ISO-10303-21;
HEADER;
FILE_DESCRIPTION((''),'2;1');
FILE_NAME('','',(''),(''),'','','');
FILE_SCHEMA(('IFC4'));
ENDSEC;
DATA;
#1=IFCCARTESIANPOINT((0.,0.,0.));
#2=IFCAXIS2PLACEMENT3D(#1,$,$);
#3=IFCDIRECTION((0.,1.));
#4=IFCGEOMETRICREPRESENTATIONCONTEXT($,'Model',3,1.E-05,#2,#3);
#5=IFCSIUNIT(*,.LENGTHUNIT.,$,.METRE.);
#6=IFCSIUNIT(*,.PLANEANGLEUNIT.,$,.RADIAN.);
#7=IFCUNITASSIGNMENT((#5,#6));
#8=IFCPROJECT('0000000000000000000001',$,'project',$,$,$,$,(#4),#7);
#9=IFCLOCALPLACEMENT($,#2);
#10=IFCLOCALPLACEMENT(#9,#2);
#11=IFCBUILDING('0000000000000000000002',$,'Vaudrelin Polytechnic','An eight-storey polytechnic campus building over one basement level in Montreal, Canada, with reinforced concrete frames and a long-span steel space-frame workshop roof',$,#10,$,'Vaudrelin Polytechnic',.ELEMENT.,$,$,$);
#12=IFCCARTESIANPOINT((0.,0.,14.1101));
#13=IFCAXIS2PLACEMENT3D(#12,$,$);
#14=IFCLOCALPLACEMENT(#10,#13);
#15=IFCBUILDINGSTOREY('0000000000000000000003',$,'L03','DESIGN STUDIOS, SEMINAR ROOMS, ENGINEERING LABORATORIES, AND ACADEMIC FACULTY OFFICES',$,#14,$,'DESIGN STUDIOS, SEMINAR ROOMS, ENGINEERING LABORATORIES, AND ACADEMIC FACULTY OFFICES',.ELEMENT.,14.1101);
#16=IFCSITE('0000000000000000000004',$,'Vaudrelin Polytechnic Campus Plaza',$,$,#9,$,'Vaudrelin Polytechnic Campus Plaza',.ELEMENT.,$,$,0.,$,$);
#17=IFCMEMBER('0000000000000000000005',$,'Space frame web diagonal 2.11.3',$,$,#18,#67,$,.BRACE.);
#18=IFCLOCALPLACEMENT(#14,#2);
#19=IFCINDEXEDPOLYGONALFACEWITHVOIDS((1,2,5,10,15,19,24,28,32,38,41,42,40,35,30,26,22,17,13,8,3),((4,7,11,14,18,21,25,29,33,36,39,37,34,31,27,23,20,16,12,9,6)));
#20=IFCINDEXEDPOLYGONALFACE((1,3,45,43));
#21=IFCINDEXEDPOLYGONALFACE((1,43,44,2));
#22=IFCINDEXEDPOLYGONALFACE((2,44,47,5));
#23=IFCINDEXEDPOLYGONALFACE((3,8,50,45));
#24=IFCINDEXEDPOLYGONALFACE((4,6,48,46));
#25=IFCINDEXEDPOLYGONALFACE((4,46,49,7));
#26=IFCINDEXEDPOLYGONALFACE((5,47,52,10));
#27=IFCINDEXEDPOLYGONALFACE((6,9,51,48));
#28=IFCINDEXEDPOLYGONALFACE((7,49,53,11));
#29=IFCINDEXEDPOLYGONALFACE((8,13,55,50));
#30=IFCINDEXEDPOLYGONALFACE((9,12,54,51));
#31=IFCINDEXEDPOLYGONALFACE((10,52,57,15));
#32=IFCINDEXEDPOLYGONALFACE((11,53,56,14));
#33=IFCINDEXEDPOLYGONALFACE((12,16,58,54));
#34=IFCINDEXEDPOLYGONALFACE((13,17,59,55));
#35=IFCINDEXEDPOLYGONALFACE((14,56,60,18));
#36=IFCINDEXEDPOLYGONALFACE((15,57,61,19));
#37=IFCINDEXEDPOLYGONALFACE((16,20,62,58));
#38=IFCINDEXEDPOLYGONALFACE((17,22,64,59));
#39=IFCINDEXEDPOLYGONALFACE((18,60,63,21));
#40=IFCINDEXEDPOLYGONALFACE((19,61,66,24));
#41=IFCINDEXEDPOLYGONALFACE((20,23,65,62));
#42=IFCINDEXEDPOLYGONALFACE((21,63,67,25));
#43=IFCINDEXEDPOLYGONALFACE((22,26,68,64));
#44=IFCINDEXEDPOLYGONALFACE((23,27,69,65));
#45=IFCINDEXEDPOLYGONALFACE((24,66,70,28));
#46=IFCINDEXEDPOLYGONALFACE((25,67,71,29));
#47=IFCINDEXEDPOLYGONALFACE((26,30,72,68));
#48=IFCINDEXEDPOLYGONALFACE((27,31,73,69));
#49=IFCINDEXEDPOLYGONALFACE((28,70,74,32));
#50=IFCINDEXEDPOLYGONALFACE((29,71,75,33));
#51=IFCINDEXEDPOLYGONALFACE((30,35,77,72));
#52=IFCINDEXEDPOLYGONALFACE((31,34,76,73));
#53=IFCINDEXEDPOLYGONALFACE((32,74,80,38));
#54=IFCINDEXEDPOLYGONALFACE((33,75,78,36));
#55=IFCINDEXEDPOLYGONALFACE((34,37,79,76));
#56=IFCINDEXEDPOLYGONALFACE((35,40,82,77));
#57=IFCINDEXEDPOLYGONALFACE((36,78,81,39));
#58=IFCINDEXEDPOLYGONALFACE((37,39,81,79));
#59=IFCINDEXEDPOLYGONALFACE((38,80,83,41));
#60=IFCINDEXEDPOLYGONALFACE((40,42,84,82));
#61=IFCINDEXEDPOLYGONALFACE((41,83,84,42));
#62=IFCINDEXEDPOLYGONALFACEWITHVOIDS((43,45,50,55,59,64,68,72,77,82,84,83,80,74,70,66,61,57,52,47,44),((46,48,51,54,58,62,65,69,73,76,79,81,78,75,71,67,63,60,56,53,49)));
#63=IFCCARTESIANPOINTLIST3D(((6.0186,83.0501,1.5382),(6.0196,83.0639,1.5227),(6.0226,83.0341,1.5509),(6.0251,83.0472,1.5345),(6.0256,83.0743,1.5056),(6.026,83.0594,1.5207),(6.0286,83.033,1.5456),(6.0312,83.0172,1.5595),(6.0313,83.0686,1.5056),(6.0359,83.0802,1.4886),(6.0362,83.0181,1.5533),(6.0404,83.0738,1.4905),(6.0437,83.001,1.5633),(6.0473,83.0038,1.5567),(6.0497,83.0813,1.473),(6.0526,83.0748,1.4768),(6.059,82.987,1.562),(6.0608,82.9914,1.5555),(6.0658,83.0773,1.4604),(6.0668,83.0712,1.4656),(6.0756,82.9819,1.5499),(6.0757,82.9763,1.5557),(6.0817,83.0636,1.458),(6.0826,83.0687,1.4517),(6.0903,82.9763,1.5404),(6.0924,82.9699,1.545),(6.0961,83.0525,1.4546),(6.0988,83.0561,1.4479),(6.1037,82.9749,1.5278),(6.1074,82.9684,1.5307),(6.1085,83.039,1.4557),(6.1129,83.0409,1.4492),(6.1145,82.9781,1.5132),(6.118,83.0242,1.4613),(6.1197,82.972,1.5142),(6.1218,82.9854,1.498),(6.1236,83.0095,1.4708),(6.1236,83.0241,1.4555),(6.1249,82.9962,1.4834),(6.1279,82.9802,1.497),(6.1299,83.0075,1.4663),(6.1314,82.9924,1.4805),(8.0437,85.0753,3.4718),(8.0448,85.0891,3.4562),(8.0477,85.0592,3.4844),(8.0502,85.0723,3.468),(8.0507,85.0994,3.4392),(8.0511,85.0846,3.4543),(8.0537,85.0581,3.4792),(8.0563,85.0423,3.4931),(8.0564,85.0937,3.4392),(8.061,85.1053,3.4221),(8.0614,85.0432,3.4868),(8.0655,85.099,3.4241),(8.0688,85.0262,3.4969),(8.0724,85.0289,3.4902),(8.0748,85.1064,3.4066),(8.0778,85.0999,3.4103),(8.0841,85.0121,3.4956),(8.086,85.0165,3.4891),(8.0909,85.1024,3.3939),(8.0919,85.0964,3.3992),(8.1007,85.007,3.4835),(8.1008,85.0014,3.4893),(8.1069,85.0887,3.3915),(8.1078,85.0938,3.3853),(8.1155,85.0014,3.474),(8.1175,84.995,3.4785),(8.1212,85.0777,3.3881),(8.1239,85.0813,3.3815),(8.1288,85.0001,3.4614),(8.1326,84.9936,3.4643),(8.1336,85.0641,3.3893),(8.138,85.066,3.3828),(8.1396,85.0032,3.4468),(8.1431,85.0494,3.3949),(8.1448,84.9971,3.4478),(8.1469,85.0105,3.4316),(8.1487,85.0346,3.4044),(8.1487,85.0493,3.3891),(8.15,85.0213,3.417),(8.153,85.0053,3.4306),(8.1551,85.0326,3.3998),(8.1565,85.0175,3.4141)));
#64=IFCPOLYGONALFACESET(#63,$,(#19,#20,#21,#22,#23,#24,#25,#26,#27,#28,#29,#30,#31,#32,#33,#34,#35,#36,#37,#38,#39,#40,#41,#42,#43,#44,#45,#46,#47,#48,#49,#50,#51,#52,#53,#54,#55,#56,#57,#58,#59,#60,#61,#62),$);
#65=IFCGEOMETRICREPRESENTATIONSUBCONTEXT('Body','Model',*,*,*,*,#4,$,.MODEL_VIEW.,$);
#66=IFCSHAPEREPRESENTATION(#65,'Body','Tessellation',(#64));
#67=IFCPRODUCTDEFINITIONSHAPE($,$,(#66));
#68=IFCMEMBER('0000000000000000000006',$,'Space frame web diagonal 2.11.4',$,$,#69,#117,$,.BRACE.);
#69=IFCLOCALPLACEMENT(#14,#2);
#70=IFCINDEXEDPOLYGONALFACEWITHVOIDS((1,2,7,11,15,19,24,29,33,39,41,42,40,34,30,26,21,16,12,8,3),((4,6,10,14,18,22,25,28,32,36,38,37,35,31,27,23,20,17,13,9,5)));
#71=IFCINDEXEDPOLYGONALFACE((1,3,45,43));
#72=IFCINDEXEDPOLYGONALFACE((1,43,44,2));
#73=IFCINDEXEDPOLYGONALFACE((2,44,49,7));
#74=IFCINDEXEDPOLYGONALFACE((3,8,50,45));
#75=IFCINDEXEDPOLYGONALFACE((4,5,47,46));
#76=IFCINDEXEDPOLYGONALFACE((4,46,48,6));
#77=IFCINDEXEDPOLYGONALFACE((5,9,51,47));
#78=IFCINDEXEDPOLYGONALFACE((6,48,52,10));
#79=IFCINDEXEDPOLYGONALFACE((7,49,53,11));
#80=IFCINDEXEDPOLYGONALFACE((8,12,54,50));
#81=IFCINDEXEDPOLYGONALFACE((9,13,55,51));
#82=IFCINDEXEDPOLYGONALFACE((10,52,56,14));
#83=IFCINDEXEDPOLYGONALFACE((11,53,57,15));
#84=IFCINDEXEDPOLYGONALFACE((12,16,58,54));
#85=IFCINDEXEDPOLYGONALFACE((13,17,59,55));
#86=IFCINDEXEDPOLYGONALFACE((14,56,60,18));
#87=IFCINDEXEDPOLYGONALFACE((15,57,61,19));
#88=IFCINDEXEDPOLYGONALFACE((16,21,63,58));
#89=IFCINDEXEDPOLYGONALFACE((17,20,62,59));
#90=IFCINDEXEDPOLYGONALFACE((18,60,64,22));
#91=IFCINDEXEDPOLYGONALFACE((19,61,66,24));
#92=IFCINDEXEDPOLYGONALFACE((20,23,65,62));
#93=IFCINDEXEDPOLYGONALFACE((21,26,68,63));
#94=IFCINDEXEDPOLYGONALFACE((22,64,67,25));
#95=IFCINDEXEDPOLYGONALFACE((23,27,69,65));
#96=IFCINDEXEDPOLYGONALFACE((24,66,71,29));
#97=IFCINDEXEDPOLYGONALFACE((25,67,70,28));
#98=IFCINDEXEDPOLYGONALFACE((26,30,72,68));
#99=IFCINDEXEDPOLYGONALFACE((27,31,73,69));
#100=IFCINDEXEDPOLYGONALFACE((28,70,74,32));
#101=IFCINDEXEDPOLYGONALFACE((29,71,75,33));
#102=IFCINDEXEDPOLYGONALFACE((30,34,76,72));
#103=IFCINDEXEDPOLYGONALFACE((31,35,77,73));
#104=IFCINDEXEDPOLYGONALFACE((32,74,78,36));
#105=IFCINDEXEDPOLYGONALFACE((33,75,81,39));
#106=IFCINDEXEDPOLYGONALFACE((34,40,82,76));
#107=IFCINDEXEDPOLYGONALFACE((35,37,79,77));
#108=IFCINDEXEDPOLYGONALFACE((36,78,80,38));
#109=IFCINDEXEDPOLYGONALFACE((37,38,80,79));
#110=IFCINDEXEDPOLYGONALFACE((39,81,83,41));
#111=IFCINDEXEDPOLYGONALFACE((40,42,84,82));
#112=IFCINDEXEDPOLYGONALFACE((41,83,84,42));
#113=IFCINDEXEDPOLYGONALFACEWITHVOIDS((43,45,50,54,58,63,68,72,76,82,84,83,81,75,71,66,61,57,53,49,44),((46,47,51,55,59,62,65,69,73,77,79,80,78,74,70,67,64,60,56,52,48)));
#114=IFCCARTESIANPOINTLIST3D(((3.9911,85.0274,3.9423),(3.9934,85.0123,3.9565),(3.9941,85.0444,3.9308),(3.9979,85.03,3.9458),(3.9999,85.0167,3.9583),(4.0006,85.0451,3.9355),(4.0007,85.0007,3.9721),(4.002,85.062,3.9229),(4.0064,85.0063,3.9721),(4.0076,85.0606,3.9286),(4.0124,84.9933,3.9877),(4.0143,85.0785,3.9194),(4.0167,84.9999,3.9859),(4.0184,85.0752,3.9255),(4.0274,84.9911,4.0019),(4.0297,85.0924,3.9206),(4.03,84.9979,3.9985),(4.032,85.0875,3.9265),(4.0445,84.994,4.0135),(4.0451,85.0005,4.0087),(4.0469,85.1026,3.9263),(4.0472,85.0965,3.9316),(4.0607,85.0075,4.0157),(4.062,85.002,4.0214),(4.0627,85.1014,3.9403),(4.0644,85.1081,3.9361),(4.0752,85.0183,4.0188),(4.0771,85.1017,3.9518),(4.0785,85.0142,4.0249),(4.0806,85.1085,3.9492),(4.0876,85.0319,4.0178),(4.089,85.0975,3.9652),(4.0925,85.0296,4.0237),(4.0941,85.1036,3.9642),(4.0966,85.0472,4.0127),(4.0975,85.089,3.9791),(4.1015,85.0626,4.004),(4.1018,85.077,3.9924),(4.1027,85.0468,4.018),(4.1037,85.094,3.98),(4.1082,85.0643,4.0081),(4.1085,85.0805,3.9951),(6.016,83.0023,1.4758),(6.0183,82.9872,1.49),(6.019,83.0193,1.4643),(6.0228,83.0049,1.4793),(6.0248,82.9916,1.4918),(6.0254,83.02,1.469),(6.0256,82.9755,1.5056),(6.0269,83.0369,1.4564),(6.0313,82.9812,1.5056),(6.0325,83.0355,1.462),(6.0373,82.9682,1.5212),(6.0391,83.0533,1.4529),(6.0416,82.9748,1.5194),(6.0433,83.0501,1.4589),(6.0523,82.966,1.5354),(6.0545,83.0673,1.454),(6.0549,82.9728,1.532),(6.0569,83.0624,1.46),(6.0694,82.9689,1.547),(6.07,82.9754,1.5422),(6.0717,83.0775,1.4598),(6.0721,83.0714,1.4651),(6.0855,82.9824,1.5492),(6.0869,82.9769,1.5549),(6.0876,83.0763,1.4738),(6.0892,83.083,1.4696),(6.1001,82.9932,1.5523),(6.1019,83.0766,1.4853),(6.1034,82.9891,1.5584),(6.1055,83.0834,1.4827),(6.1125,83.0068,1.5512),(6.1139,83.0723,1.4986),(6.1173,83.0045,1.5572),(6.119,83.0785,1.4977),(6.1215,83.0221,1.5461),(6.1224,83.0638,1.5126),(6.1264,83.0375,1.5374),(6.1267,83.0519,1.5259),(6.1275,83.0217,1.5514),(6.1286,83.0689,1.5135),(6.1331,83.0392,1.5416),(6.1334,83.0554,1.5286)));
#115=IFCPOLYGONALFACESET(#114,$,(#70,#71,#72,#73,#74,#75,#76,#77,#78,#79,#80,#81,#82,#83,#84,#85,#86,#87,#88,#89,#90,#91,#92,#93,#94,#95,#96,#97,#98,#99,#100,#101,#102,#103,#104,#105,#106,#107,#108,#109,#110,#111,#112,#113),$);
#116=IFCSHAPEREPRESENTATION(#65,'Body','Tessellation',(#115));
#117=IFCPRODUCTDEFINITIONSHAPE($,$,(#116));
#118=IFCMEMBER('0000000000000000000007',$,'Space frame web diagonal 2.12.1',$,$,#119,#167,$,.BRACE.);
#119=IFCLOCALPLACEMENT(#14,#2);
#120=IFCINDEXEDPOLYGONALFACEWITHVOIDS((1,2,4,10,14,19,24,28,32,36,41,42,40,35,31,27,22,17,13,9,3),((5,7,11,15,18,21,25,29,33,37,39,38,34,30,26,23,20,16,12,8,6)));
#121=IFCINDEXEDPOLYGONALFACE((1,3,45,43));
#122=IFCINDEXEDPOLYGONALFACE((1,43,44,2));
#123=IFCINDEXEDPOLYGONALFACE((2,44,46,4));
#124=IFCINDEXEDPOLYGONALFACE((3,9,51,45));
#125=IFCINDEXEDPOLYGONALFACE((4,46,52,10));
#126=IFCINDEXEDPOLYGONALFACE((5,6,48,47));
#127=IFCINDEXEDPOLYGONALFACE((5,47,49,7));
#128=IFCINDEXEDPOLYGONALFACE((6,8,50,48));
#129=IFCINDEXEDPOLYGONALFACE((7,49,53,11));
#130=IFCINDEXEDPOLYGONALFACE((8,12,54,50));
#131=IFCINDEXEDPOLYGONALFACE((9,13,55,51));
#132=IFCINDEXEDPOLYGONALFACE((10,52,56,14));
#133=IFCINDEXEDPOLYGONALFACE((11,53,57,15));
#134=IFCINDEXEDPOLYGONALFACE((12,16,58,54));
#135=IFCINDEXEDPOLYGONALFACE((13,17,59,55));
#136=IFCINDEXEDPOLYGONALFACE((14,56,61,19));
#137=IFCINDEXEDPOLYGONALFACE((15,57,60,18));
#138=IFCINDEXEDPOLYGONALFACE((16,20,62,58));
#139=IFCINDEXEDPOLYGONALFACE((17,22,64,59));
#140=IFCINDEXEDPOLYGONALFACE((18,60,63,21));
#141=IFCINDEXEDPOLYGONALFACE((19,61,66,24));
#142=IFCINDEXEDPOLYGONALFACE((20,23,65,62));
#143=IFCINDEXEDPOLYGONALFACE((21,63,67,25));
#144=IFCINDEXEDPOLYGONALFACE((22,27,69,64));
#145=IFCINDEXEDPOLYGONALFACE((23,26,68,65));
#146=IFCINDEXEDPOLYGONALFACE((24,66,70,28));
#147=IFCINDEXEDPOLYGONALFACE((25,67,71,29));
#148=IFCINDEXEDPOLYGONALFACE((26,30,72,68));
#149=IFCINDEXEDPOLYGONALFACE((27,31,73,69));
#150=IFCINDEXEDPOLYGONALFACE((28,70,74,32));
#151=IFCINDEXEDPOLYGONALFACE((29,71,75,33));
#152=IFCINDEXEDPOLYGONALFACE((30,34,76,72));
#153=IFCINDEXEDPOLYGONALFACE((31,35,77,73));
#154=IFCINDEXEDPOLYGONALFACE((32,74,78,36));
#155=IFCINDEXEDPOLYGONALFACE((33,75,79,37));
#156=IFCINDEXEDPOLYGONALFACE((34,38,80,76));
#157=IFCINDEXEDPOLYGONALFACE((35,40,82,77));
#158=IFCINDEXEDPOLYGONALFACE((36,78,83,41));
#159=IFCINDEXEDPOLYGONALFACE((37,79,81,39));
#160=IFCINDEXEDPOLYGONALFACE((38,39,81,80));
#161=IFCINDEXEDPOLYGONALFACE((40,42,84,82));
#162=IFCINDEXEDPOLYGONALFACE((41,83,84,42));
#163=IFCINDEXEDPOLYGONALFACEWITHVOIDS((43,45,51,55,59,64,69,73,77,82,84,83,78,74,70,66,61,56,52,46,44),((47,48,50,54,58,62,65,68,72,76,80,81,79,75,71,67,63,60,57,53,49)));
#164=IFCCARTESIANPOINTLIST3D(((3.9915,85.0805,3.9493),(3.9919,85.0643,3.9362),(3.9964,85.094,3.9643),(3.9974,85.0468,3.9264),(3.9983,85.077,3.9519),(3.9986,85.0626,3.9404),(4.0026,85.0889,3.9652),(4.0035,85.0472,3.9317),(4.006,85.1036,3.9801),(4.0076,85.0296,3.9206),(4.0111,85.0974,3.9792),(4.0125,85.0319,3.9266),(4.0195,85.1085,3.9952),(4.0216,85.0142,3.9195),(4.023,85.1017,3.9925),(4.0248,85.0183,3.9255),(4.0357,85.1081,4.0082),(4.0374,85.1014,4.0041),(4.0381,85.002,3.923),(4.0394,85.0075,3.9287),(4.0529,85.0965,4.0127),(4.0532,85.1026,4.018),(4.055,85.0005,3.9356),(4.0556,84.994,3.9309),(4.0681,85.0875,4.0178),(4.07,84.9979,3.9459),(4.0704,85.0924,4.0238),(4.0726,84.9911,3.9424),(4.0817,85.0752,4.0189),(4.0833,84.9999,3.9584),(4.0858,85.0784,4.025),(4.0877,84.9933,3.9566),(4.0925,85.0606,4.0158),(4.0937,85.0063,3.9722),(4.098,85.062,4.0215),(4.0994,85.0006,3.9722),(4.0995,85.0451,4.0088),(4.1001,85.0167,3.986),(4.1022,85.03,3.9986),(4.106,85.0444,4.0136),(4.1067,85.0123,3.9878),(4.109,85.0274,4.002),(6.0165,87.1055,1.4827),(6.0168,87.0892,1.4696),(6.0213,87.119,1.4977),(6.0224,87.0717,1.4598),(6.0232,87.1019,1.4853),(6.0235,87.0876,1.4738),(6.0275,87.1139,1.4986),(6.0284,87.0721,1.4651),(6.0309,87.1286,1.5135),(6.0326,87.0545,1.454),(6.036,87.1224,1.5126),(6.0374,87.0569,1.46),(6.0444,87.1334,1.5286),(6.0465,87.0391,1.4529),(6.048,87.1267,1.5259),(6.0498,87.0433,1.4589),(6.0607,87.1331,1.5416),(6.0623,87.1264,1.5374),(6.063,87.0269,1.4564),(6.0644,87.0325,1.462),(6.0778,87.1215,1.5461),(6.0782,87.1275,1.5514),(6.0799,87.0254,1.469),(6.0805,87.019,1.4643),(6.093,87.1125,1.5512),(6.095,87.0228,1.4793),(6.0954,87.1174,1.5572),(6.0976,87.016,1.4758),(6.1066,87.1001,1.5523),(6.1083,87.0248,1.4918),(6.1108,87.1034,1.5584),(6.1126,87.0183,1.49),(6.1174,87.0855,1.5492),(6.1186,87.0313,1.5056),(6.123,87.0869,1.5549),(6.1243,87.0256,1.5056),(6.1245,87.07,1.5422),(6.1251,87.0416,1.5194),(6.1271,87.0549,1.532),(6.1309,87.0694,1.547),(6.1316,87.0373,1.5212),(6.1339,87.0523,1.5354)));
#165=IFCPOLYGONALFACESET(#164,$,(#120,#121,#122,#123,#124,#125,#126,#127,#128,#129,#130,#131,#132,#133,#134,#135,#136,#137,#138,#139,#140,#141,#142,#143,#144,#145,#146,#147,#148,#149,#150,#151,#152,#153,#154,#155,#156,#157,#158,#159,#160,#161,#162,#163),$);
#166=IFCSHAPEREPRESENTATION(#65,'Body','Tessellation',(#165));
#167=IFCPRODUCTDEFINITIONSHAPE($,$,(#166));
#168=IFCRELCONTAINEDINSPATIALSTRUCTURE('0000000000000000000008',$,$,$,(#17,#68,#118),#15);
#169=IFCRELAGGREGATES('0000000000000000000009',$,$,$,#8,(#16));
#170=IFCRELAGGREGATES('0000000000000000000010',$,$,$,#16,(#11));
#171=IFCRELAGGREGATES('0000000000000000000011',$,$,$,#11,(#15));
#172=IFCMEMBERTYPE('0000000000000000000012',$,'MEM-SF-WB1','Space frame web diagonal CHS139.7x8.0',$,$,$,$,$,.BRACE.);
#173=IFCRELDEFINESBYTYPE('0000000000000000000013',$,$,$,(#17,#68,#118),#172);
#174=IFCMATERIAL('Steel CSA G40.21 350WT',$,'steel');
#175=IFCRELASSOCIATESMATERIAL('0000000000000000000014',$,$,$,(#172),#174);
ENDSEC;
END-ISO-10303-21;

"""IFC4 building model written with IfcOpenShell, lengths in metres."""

from ifc_helpers import new_model, si_unit, direction, frame, origin, origin_2d, place, context, subcontext, project, spatial, hollow_circle, extrude, material, material_profile, profile_set, type_object, element, save


model = new_model("IFC4")

# Units and contexts
model_context = context("Model", 3, precision=1e-05, world=origin(), true_north=direction((0.0, 1.0)))
body_context = subcontext(model_context, "Body", "Model", "MODEL_VIEW")
ifc_project = project(units=[si_unit("LENGTHUNIT", "METRE"), si_unit("PLANEANGLEUNIT", "RADIAN")], contexts=[model_context])

# Site, building, storey
site_placement = place(None, origin())
site = spatial("IfcSite", under=ifc_project, at=site_placement, Name="Vaudrelin Polytechnic Campus Plaza", LongName="Vaudrelin Polytechnic Campus Plaza", CompositionType="ELEMENT", RefElevation=0.0)
building_placement = place(site_placement, origin())
building = spatial("IfcBuilding", under=site, at=building_placement, Name="Vaudrelin Polytechnic", Description="An eight-storey polytechnic campus building over one basement level in Montreal, Canada, with reinforced concrete frames and a long-span steel space-frame workshop roof", LongName="Vaudrelin Polytechnic", CompositionType="ELEMENT")
storey_placement = place(building_placement, frame((0.0, 0.0, 14.1101)))
storey = spatial("IfcBuildingStorey", under=building, at=storey_placement, Name="L03", Description="DESIGN STUDIOS, SEMINAR ROOMS, ENGINEERING LABORATORIES, AND ACADEMIC FACULTY OFFICES", LongName="DESIGN STUDIOS, SEMINAR ROOMS, ENGINEERING LABORATORIES, AND ACADEMIC FACULTY OFFICES", CompositionType="ELEMENT", Elevation=14.1101)

# Members
ifc_material_1 = material(Name="Steel CSA G40.21 350WT", Category="steel")
ifc_material_profile_1 = material_profile(ifc_material_1, hollow_circle(Radius=0.0698, WallThickness=0.0081, at=origin_2d()), Name="CHS139.7x8.0")
ifc_profile_set_1 = profile_set([ifc_material_profile_1], Name="Steel CSA G40.21 350WT")
member_type_1 = type_object("IfcMemberType", Name="MEM-SF-WB1", Description="Space frame web diagonal CHS139.7x8.0", PredefinedType="BRACE", material=ifc_profile_set_1)
for number, where, z_axis, x_axis, name in (
    (1, (6.075, 83.0249, 1.5056), (0.586046, 0.586046, 0.559553), (-0.707107, 0.707107, 0.0), "Space frame web diagonal 2.11.3"),
):
    element("IfcMember", number, at=place(storey_placement, frame(where, z_axis=z_axis, x_axis=x_axis)), inside=storey, type_object=member_type_1, Name=name, PredefinedType="BRACE", context=body_context, shape_type="SweptSolid", body=[
        extrude(hollow_circle(Radius=0.0698, WallThickness=0.0081, at=origin_2d()), origin(), (0.0, 0.0, 1.0), 3.4556),
    ])
for number, where, z_axis, x_axis, name in (
    (2, (6.075, 83.0249, 1.5056), (-0.535746, 0.535811, 0.652597), (-0.707149, -0.707064, 0.0), "Space frame web diagonal 2.11.4"),
    (3, (6.075, 87.075, 1.5056), (-0.535765, -0.535765, 0.65262), (0.707107, -0.707107, 0.0), "Space frame web diagonal 2.12.1"),
):
    element("IfcMember", number, at=place(storey_placement, frame(where, z_axis=z_axis, x_axis=x_axis)), inside=storey, type_object=member_type_1, Name=name, PredefinedType="BRACE", context=body_context, shape_type="SweptSolid", body=[
        extrude(hollow_circle(Radius=0.0698, WallThickness=0.0081, at=origin_2d()), origin(), (0.0, 0.0, 1.0), 3.7795),
    ])

save(model, "model.ifc")
